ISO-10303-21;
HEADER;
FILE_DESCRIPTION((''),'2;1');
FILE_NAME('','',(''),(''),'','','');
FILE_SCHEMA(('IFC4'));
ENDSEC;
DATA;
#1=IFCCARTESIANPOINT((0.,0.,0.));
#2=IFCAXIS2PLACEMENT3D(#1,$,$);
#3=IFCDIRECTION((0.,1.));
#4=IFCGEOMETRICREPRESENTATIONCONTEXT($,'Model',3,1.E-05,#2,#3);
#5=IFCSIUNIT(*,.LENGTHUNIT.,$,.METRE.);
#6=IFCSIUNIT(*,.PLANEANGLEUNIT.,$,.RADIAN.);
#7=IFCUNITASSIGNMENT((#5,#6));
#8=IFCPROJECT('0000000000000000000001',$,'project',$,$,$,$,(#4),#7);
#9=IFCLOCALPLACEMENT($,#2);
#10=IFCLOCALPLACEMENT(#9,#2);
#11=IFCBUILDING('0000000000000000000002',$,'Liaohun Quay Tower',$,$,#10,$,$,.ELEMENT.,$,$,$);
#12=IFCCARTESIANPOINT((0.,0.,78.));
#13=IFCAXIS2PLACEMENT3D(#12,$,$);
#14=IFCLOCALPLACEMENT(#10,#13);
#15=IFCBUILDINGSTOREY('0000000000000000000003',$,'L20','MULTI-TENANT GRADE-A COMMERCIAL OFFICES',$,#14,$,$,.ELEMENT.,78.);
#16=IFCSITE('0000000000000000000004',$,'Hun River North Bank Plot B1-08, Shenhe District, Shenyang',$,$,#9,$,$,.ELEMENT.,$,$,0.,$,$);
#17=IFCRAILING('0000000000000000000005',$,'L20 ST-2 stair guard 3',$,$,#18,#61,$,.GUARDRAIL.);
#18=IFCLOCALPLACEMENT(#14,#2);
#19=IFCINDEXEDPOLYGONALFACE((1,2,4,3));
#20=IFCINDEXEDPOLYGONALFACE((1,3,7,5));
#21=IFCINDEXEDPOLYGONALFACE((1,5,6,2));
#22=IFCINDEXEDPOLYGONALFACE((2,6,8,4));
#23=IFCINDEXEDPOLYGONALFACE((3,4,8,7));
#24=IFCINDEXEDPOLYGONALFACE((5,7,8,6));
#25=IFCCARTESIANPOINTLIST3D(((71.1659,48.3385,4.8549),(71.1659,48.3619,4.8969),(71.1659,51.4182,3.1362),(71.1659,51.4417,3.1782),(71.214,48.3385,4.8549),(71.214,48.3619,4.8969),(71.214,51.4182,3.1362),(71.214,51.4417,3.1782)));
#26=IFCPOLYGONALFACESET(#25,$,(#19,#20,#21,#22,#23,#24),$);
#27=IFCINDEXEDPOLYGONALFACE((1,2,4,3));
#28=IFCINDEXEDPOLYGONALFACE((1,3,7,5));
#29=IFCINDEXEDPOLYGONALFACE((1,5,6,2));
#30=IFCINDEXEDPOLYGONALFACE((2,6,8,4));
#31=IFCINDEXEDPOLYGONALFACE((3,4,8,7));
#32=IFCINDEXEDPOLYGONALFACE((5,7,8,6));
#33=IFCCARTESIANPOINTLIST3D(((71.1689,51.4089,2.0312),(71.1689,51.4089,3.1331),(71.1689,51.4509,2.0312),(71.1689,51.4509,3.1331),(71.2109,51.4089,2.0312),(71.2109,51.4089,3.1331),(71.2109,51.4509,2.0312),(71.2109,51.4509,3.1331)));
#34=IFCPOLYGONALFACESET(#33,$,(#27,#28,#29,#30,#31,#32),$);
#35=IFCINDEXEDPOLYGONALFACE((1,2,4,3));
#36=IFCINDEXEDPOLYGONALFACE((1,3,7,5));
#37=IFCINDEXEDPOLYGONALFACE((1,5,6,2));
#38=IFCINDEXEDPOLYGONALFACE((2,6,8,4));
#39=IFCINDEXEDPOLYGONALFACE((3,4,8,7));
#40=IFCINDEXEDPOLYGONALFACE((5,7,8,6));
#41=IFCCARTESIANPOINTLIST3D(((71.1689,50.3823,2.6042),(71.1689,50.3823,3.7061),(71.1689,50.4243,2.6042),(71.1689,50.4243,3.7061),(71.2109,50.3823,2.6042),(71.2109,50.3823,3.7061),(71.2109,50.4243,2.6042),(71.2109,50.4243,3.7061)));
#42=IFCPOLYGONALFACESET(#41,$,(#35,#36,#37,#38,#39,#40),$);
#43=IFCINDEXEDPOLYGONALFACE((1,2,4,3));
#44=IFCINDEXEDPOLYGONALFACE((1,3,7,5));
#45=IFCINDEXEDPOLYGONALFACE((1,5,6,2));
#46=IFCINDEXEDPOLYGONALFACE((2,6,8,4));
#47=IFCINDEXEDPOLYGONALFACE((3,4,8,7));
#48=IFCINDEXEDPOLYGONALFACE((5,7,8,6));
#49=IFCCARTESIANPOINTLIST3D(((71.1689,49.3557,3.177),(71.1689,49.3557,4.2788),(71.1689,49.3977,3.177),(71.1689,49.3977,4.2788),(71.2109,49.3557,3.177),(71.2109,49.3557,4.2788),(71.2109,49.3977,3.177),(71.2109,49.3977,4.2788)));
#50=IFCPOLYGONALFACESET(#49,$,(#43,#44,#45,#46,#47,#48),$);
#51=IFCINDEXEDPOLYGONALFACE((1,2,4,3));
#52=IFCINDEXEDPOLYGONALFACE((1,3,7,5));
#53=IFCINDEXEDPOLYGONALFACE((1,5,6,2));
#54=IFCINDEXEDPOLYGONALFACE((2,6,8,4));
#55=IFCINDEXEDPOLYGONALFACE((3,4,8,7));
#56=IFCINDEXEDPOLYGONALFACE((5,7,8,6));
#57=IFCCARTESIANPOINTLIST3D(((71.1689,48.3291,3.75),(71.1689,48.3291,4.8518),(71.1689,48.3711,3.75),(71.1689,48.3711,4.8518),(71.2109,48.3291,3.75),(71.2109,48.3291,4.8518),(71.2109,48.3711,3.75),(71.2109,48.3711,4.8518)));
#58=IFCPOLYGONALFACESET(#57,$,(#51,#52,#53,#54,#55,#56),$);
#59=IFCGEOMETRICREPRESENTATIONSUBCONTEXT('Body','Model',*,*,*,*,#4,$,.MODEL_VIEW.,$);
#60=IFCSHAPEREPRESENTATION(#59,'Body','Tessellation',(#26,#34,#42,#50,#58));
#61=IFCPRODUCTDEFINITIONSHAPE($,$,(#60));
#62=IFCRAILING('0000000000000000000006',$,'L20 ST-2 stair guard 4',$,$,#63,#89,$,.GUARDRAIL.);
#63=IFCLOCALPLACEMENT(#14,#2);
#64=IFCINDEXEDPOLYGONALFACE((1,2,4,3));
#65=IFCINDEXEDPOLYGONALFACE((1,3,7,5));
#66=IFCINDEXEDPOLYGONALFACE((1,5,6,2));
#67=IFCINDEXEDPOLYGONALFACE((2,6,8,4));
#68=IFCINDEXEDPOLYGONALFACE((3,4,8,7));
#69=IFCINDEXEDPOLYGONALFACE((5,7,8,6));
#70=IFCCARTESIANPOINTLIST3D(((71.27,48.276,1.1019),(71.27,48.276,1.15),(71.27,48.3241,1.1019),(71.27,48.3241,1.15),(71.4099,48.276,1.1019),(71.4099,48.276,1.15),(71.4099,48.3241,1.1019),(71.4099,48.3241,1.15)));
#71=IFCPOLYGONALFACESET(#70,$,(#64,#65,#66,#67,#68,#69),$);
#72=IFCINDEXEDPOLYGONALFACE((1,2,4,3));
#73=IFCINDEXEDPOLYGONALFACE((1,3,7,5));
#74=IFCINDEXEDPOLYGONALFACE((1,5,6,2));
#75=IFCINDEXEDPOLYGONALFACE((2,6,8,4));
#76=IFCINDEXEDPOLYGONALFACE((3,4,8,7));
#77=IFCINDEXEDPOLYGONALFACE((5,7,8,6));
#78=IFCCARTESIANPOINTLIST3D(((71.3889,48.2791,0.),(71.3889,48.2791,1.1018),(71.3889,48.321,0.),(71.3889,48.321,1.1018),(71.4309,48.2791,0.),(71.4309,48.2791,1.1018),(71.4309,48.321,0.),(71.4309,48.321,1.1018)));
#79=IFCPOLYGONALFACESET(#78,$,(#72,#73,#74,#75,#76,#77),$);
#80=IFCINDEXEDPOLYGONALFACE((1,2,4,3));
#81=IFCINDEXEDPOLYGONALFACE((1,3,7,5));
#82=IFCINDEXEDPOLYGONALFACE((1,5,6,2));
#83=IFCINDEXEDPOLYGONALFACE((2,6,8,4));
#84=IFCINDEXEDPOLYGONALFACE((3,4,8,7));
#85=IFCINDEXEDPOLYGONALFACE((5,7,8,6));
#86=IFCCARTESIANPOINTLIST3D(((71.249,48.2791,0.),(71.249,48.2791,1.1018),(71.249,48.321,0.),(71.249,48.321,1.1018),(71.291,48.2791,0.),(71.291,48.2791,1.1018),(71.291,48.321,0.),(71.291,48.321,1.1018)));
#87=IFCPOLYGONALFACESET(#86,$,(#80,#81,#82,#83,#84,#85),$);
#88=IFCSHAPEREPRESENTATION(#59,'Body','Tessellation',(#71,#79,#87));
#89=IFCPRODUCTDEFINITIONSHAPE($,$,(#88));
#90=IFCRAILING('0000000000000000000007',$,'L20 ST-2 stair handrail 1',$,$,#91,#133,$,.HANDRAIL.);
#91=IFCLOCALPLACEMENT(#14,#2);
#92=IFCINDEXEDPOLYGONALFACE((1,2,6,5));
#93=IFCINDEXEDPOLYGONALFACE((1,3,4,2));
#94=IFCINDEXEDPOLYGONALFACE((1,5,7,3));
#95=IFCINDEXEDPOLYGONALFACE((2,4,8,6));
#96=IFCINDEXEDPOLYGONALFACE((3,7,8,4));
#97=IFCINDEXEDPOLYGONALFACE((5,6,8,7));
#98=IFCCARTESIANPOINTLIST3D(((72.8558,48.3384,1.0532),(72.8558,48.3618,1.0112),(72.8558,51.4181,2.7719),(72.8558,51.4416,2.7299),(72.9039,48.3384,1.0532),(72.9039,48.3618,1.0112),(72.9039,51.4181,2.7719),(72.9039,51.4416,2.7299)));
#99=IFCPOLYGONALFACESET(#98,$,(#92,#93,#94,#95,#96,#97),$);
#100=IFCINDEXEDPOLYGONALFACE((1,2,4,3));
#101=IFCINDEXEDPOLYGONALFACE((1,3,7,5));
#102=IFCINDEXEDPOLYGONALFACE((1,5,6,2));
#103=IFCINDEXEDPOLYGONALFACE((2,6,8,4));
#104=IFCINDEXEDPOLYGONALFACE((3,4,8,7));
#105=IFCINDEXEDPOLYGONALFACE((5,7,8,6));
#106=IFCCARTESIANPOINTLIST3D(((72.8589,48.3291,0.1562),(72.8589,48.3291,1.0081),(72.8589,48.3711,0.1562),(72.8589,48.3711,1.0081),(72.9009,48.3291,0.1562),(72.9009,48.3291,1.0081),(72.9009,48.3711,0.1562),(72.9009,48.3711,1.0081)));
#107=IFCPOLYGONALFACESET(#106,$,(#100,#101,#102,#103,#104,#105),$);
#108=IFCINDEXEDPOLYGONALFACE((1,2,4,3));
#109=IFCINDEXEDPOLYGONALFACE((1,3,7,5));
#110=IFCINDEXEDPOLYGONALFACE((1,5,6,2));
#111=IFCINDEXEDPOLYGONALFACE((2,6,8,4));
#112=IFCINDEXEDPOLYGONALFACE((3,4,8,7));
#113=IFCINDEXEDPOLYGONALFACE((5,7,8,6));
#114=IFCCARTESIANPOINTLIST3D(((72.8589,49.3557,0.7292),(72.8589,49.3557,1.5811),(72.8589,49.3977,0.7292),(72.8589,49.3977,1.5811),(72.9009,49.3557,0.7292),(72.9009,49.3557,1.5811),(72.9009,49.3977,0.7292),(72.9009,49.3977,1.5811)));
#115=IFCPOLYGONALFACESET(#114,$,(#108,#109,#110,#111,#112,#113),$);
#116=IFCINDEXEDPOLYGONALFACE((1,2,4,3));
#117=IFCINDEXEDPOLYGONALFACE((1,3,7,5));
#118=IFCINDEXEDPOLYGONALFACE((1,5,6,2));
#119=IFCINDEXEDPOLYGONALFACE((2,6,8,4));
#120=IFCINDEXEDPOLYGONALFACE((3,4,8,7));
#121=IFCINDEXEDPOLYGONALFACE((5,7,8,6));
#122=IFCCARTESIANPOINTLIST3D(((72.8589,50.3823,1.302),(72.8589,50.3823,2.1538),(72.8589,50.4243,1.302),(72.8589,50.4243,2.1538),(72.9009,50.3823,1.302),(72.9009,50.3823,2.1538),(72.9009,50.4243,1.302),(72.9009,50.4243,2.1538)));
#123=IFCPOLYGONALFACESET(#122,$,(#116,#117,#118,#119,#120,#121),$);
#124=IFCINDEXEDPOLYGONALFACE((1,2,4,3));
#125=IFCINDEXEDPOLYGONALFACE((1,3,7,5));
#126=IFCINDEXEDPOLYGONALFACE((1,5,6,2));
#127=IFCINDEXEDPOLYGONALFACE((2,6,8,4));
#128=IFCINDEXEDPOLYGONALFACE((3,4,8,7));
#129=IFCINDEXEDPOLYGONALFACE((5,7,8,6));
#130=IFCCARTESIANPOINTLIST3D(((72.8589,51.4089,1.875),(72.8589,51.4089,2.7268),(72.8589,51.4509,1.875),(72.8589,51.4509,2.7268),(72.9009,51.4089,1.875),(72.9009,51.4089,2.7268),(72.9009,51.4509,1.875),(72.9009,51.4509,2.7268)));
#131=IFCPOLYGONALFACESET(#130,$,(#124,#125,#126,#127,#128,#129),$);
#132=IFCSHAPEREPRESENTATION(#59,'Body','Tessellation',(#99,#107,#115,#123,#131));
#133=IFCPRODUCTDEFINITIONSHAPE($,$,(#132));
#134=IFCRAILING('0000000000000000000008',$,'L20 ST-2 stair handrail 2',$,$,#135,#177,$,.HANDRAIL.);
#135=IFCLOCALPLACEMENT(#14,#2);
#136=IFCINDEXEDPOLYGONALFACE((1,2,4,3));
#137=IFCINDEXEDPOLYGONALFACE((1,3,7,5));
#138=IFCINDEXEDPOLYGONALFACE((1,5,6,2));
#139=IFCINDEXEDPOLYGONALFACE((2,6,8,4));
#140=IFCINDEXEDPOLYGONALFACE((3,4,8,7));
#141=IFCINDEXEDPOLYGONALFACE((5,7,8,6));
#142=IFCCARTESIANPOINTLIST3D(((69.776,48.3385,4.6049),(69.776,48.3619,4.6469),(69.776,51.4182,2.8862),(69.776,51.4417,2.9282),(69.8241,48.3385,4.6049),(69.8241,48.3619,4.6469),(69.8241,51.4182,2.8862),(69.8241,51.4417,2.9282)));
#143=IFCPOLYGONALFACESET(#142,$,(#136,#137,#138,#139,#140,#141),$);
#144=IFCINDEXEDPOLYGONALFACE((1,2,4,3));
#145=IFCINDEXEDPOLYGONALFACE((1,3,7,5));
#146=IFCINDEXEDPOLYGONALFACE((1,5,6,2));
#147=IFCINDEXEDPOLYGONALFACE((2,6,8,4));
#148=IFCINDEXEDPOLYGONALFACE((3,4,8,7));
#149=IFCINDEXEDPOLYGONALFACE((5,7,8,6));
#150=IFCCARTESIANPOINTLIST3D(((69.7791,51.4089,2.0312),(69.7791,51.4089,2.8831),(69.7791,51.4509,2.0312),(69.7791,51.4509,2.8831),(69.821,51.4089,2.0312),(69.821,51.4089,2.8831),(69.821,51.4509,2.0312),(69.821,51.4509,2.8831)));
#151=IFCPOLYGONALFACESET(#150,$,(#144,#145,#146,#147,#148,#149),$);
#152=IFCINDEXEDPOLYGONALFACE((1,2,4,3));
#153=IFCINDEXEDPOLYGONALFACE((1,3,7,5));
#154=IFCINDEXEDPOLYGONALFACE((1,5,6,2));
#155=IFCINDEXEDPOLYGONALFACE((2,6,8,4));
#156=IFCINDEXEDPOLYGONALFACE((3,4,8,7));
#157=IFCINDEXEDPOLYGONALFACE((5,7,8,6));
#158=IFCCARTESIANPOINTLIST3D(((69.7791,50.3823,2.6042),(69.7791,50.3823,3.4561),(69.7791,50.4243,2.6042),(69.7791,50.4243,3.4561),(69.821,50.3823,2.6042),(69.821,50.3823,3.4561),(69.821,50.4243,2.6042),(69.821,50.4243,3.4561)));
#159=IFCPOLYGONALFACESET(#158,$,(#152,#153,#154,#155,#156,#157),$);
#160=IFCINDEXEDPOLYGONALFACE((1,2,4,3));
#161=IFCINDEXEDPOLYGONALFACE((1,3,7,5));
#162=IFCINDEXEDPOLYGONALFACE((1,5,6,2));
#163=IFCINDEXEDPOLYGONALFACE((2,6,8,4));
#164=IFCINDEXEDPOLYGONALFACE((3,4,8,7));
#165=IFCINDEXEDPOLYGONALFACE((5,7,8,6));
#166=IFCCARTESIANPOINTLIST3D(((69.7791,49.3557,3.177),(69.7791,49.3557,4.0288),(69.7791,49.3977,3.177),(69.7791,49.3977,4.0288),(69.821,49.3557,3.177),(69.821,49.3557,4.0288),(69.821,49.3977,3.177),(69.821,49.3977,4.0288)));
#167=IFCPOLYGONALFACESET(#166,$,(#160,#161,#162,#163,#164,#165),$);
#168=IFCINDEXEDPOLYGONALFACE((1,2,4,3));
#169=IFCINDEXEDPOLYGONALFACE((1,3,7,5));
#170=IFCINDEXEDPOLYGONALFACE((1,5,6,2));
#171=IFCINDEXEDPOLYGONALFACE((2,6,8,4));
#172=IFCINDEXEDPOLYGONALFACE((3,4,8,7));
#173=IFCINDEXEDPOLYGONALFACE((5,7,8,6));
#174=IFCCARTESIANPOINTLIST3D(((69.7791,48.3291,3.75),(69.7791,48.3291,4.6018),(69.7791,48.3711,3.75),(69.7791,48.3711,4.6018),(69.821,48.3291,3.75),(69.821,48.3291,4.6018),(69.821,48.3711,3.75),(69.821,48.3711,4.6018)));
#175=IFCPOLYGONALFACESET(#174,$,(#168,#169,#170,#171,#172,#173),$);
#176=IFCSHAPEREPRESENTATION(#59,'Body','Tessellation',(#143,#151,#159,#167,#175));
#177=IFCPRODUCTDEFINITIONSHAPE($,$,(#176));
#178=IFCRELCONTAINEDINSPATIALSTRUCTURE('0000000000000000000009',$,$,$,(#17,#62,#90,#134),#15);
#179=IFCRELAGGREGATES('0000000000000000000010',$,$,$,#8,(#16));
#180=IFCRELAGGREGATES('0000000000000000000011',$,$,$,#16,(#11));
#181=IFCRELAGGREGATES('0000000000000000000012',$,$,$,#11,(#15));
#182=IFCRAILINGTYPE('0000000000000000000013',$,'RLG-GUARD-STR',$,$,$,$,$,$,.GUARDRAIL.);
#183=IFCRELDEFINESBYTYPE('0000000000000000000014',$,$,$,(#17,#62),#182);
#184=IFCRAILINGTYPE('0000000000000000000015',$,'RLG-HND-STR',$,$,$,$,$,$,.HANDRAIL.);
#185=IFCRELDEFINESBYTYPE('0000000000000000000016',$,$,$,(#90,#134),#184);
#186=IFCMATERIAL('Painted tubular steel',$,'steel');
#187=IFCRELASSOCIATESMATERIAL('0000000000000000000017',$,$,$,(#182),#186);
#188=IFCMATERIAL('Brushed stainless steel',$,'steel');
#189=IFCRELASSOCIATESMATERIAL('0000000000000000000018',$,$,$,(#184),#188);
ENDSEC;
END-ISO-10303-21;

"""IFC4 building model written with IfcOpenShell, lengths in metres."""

from ifc_helpers import new_model, si_unit, direction, frame, origin, origin_2d, place, context, subcontext, project, spatial, rectangle, extrude, material, type_object, element, save


model = new_model("IFC4")

# Units and contexts
model_context = context("Model", 3, precision=1e-05, world=origin(), true_north=direction((0.0, 1.0)))
body_context = subcontext(model_context, "Body", "Model", "MODEL_VIEW")
ifc_project = project(units=[si_unit("LENGTHUNIT", "METRE"), si_unit("PLANEANGLEUNIT", "RADIAN")], contexts=[model_context])

# Site, building, storey
site_placement = place(None, origin())
site = spatial("IfcSite", under=ifc_project, at=site_placement, Name="Hun River North Bank Plot B1-08, Shenhe District, Shenyang", CompositionType="ELEMENT", RefElevation=0.0)
building_placement = place(site_placement, origin())
building = spatial("IfcBuilding", under=site, at=building_placement, Name="Liaohun Quay Tower", CompositionType="ELEMENT")
storey_placement = place(building_placement, frame((0.0, 0.0, 78.0)))
storey = spatial("IfcBuildingStorey", under=building, at=storey_placement, Name="L20", Description="MULTI-TENANT GRADE-A COMMERCIAL OFFICES", CompositionType="ELEMENT", Elevation=78.0)

# Railings
ifc_material_1 = material(Name="Painted tubular steel", Category="steel")
railing_type_1 = type_object("IfcRailingType", Name="RLG-GUARD-STR", PredefinedType="GUARDRAIL", material=ifc_material_1)
railing_1_placement = place(storey_placement, frame((71.1899, 51.4299, 2.0312)))
element("IfcRailing", 1, at=railing_1_placement, inside=storey, type_object=railing_type_1, Name="L20 ST-2 stair guard 3", PredefinedType="GUARDRAIL", context=body_context, shape_type="SweptSolid", body=[
    extrude(rectangle(XDim=0.0481, YDim=0.0481, at=origin_2d()), frame((0.0, 0.0, 1.126), z_axis=(0.0, -0.873225, 0.487317), x_axis=(1.0, 0.0, 0.0)), (0.0, 0.0, 1.0), 3.5269),
    extrude(rectangle(XDim=0.042, YDim=0.042, at=origin_2d()), origin(), (0.0, 0.0, 1.0), 1.1018),
    extrude(rectangle(XDim=0.042, YDim=0.042, at=origin_2d()), frame((0.0, -1.0266, 0.573)), (0.0, 0.0, 1.0), 1.1018),
    extrude(rectangle(XDim=0.042, YDim=0.042, at=origin_2d()), frame((0.0, -2.0532, 1.1458)), (0.0, 0.0, 1.0), 1.1018),
    extrude(rectangle(XDim=0.042, YDim=0.042, at=origin_2d()), frame((0.0, -3.0798, 1.7188)), (0.0, 0.0, 1.0), 1.1018),
])
railing_2_placement = place(storey_placement, frame((71.4099, 48.3, 0.0)))
element("IfcRailing", 2, at=railing_2_placement, inside=storey, type_object=railing_type_1, Name="L20 ST-2 stair guard 4", PredefinedType="GUARDRAIL", context=body_context, shape_type="SweptSolid", body=[
    extrude(rectangle(XDim=0.0481, YDim=0.0481, at=origin_2d()), frame((0.0, 0.0, 1.126), z_axis=(-1.0, 0.0, 0.0), x_axis=(0.0, -1.0, 0.0)), (0.0, 0.0, 1.0), 0.1399),
    extrude(rectangle(XDim=0.042, YDim=0.042, at=origin_2d()), origin(), (0.0, 0.0, 1.0), 1.1018),
    extrude(rectangle(XDim=0.042, YDim=0.042, at=origin_2d()), frame((-0.1399, 0.0, 0.0)), (0.0, 0.0, 1.0), 1.1018),
])
ifc_material_2 = material(Name="Brushed stainless steel", Category="steel")
railing_type_2 = type_object("IfcRailingType", Name="RLG-HND-STR", PredefinedType="HANDRAIL", material=ifc_material_2)
railing_3_placement = place(storey_placement, frame((72.8799, 48.3501, 0.1562)))
element("IfcRailing", 3, at=railing_3_placement, inside=storey, type_object=railing_type_2, Name="L20 ST-2 stair handrail 1", PredefinedType="HANDRAIL", context=body_context, shape_type="SweptSolid", body=[
    extrude(rectangle(XDim=0.0481, YDim=0.0481, at=origin_2d()), frame((0.0, 0.0, 0.876), z_axis=(0.0, 0.873225, 0.487317), x_axis=(-1.0, 0.0, 0.0)), (0.0, 0.0, 1.0), 3.5269),
    extrude(rectangle(XDim=0.042, YDim=0.042, at=origin_2d()), origin(), (0.0, 0.0, 1.0), 0.8518),
    extrude(rectangle(XDim=0.042, YDim=0.042, at=origin_2d()), frame((0.0, 1.0266, 0.573)), (0.0, 0.0, 1.0), 0.8518),
    extrude(rectangle(XDim=0.042, YDim=0.042, at=origin_2d()), frame((0.0, 2.0532, 1.1458)), (0.0, 0.0, 1.0), 0.8518),
    extrude(rectangle(XDim=0.042, YDim=0.042, at=origin_2d()), frame((0.0, 3.0798, 1.7188)), (0.0, 0.0, 1.0), 0.8518),
])
railing_4_placement = place(storey_placement, frame((69.8, 51.4299, 2.0312)))
element("IfcRailing", 4, at=railing_4_placement, inside=storey, type_object=railing_type_2, Name="L20 ST-2 stair handrail 2", PredefinedType="HANDRAIL", context=body_context, shape_type="SweptSolid", body=[
    extrude(rectangle(XDim=0.0481, YDim=0.0481, at=origin_2d()), frame((0.0, 0.0, 0.876), z_axis=(0.0, -0.873225, 0.487317), x_axis=(1.0, 0.0, 0.0)), (0.0, 0.0, 1.0), 3.5269),
    extrude(rectangle(XDim=0.042, YDim=0.042, at=origin_2d()), origin(), (0.0, 0.0, 1.0), 0.8518),
    extrude(rectangle(XDim=0.042, YDim=0.042, at=origin_2d()), frame((0.0, -1.0266, 0.573)), (0.0, 0.0, 1.0), 0.8518),
    extrude(rectangle(XDim=0.042, YDim=0.042, at=origin_2d()), frame((0.0, -2.0532, 1.1458)), (0.0, 0.0, 1.0), 0.8518),
    extrude(rectangle(XDim=0.042, YDim=0.042, at=origin_2d()), frame((0.0, -3.0798, 1.7188)), (0.0, 0.0, 1.0), 0.8518),
])

save(model, "model.ifc")
